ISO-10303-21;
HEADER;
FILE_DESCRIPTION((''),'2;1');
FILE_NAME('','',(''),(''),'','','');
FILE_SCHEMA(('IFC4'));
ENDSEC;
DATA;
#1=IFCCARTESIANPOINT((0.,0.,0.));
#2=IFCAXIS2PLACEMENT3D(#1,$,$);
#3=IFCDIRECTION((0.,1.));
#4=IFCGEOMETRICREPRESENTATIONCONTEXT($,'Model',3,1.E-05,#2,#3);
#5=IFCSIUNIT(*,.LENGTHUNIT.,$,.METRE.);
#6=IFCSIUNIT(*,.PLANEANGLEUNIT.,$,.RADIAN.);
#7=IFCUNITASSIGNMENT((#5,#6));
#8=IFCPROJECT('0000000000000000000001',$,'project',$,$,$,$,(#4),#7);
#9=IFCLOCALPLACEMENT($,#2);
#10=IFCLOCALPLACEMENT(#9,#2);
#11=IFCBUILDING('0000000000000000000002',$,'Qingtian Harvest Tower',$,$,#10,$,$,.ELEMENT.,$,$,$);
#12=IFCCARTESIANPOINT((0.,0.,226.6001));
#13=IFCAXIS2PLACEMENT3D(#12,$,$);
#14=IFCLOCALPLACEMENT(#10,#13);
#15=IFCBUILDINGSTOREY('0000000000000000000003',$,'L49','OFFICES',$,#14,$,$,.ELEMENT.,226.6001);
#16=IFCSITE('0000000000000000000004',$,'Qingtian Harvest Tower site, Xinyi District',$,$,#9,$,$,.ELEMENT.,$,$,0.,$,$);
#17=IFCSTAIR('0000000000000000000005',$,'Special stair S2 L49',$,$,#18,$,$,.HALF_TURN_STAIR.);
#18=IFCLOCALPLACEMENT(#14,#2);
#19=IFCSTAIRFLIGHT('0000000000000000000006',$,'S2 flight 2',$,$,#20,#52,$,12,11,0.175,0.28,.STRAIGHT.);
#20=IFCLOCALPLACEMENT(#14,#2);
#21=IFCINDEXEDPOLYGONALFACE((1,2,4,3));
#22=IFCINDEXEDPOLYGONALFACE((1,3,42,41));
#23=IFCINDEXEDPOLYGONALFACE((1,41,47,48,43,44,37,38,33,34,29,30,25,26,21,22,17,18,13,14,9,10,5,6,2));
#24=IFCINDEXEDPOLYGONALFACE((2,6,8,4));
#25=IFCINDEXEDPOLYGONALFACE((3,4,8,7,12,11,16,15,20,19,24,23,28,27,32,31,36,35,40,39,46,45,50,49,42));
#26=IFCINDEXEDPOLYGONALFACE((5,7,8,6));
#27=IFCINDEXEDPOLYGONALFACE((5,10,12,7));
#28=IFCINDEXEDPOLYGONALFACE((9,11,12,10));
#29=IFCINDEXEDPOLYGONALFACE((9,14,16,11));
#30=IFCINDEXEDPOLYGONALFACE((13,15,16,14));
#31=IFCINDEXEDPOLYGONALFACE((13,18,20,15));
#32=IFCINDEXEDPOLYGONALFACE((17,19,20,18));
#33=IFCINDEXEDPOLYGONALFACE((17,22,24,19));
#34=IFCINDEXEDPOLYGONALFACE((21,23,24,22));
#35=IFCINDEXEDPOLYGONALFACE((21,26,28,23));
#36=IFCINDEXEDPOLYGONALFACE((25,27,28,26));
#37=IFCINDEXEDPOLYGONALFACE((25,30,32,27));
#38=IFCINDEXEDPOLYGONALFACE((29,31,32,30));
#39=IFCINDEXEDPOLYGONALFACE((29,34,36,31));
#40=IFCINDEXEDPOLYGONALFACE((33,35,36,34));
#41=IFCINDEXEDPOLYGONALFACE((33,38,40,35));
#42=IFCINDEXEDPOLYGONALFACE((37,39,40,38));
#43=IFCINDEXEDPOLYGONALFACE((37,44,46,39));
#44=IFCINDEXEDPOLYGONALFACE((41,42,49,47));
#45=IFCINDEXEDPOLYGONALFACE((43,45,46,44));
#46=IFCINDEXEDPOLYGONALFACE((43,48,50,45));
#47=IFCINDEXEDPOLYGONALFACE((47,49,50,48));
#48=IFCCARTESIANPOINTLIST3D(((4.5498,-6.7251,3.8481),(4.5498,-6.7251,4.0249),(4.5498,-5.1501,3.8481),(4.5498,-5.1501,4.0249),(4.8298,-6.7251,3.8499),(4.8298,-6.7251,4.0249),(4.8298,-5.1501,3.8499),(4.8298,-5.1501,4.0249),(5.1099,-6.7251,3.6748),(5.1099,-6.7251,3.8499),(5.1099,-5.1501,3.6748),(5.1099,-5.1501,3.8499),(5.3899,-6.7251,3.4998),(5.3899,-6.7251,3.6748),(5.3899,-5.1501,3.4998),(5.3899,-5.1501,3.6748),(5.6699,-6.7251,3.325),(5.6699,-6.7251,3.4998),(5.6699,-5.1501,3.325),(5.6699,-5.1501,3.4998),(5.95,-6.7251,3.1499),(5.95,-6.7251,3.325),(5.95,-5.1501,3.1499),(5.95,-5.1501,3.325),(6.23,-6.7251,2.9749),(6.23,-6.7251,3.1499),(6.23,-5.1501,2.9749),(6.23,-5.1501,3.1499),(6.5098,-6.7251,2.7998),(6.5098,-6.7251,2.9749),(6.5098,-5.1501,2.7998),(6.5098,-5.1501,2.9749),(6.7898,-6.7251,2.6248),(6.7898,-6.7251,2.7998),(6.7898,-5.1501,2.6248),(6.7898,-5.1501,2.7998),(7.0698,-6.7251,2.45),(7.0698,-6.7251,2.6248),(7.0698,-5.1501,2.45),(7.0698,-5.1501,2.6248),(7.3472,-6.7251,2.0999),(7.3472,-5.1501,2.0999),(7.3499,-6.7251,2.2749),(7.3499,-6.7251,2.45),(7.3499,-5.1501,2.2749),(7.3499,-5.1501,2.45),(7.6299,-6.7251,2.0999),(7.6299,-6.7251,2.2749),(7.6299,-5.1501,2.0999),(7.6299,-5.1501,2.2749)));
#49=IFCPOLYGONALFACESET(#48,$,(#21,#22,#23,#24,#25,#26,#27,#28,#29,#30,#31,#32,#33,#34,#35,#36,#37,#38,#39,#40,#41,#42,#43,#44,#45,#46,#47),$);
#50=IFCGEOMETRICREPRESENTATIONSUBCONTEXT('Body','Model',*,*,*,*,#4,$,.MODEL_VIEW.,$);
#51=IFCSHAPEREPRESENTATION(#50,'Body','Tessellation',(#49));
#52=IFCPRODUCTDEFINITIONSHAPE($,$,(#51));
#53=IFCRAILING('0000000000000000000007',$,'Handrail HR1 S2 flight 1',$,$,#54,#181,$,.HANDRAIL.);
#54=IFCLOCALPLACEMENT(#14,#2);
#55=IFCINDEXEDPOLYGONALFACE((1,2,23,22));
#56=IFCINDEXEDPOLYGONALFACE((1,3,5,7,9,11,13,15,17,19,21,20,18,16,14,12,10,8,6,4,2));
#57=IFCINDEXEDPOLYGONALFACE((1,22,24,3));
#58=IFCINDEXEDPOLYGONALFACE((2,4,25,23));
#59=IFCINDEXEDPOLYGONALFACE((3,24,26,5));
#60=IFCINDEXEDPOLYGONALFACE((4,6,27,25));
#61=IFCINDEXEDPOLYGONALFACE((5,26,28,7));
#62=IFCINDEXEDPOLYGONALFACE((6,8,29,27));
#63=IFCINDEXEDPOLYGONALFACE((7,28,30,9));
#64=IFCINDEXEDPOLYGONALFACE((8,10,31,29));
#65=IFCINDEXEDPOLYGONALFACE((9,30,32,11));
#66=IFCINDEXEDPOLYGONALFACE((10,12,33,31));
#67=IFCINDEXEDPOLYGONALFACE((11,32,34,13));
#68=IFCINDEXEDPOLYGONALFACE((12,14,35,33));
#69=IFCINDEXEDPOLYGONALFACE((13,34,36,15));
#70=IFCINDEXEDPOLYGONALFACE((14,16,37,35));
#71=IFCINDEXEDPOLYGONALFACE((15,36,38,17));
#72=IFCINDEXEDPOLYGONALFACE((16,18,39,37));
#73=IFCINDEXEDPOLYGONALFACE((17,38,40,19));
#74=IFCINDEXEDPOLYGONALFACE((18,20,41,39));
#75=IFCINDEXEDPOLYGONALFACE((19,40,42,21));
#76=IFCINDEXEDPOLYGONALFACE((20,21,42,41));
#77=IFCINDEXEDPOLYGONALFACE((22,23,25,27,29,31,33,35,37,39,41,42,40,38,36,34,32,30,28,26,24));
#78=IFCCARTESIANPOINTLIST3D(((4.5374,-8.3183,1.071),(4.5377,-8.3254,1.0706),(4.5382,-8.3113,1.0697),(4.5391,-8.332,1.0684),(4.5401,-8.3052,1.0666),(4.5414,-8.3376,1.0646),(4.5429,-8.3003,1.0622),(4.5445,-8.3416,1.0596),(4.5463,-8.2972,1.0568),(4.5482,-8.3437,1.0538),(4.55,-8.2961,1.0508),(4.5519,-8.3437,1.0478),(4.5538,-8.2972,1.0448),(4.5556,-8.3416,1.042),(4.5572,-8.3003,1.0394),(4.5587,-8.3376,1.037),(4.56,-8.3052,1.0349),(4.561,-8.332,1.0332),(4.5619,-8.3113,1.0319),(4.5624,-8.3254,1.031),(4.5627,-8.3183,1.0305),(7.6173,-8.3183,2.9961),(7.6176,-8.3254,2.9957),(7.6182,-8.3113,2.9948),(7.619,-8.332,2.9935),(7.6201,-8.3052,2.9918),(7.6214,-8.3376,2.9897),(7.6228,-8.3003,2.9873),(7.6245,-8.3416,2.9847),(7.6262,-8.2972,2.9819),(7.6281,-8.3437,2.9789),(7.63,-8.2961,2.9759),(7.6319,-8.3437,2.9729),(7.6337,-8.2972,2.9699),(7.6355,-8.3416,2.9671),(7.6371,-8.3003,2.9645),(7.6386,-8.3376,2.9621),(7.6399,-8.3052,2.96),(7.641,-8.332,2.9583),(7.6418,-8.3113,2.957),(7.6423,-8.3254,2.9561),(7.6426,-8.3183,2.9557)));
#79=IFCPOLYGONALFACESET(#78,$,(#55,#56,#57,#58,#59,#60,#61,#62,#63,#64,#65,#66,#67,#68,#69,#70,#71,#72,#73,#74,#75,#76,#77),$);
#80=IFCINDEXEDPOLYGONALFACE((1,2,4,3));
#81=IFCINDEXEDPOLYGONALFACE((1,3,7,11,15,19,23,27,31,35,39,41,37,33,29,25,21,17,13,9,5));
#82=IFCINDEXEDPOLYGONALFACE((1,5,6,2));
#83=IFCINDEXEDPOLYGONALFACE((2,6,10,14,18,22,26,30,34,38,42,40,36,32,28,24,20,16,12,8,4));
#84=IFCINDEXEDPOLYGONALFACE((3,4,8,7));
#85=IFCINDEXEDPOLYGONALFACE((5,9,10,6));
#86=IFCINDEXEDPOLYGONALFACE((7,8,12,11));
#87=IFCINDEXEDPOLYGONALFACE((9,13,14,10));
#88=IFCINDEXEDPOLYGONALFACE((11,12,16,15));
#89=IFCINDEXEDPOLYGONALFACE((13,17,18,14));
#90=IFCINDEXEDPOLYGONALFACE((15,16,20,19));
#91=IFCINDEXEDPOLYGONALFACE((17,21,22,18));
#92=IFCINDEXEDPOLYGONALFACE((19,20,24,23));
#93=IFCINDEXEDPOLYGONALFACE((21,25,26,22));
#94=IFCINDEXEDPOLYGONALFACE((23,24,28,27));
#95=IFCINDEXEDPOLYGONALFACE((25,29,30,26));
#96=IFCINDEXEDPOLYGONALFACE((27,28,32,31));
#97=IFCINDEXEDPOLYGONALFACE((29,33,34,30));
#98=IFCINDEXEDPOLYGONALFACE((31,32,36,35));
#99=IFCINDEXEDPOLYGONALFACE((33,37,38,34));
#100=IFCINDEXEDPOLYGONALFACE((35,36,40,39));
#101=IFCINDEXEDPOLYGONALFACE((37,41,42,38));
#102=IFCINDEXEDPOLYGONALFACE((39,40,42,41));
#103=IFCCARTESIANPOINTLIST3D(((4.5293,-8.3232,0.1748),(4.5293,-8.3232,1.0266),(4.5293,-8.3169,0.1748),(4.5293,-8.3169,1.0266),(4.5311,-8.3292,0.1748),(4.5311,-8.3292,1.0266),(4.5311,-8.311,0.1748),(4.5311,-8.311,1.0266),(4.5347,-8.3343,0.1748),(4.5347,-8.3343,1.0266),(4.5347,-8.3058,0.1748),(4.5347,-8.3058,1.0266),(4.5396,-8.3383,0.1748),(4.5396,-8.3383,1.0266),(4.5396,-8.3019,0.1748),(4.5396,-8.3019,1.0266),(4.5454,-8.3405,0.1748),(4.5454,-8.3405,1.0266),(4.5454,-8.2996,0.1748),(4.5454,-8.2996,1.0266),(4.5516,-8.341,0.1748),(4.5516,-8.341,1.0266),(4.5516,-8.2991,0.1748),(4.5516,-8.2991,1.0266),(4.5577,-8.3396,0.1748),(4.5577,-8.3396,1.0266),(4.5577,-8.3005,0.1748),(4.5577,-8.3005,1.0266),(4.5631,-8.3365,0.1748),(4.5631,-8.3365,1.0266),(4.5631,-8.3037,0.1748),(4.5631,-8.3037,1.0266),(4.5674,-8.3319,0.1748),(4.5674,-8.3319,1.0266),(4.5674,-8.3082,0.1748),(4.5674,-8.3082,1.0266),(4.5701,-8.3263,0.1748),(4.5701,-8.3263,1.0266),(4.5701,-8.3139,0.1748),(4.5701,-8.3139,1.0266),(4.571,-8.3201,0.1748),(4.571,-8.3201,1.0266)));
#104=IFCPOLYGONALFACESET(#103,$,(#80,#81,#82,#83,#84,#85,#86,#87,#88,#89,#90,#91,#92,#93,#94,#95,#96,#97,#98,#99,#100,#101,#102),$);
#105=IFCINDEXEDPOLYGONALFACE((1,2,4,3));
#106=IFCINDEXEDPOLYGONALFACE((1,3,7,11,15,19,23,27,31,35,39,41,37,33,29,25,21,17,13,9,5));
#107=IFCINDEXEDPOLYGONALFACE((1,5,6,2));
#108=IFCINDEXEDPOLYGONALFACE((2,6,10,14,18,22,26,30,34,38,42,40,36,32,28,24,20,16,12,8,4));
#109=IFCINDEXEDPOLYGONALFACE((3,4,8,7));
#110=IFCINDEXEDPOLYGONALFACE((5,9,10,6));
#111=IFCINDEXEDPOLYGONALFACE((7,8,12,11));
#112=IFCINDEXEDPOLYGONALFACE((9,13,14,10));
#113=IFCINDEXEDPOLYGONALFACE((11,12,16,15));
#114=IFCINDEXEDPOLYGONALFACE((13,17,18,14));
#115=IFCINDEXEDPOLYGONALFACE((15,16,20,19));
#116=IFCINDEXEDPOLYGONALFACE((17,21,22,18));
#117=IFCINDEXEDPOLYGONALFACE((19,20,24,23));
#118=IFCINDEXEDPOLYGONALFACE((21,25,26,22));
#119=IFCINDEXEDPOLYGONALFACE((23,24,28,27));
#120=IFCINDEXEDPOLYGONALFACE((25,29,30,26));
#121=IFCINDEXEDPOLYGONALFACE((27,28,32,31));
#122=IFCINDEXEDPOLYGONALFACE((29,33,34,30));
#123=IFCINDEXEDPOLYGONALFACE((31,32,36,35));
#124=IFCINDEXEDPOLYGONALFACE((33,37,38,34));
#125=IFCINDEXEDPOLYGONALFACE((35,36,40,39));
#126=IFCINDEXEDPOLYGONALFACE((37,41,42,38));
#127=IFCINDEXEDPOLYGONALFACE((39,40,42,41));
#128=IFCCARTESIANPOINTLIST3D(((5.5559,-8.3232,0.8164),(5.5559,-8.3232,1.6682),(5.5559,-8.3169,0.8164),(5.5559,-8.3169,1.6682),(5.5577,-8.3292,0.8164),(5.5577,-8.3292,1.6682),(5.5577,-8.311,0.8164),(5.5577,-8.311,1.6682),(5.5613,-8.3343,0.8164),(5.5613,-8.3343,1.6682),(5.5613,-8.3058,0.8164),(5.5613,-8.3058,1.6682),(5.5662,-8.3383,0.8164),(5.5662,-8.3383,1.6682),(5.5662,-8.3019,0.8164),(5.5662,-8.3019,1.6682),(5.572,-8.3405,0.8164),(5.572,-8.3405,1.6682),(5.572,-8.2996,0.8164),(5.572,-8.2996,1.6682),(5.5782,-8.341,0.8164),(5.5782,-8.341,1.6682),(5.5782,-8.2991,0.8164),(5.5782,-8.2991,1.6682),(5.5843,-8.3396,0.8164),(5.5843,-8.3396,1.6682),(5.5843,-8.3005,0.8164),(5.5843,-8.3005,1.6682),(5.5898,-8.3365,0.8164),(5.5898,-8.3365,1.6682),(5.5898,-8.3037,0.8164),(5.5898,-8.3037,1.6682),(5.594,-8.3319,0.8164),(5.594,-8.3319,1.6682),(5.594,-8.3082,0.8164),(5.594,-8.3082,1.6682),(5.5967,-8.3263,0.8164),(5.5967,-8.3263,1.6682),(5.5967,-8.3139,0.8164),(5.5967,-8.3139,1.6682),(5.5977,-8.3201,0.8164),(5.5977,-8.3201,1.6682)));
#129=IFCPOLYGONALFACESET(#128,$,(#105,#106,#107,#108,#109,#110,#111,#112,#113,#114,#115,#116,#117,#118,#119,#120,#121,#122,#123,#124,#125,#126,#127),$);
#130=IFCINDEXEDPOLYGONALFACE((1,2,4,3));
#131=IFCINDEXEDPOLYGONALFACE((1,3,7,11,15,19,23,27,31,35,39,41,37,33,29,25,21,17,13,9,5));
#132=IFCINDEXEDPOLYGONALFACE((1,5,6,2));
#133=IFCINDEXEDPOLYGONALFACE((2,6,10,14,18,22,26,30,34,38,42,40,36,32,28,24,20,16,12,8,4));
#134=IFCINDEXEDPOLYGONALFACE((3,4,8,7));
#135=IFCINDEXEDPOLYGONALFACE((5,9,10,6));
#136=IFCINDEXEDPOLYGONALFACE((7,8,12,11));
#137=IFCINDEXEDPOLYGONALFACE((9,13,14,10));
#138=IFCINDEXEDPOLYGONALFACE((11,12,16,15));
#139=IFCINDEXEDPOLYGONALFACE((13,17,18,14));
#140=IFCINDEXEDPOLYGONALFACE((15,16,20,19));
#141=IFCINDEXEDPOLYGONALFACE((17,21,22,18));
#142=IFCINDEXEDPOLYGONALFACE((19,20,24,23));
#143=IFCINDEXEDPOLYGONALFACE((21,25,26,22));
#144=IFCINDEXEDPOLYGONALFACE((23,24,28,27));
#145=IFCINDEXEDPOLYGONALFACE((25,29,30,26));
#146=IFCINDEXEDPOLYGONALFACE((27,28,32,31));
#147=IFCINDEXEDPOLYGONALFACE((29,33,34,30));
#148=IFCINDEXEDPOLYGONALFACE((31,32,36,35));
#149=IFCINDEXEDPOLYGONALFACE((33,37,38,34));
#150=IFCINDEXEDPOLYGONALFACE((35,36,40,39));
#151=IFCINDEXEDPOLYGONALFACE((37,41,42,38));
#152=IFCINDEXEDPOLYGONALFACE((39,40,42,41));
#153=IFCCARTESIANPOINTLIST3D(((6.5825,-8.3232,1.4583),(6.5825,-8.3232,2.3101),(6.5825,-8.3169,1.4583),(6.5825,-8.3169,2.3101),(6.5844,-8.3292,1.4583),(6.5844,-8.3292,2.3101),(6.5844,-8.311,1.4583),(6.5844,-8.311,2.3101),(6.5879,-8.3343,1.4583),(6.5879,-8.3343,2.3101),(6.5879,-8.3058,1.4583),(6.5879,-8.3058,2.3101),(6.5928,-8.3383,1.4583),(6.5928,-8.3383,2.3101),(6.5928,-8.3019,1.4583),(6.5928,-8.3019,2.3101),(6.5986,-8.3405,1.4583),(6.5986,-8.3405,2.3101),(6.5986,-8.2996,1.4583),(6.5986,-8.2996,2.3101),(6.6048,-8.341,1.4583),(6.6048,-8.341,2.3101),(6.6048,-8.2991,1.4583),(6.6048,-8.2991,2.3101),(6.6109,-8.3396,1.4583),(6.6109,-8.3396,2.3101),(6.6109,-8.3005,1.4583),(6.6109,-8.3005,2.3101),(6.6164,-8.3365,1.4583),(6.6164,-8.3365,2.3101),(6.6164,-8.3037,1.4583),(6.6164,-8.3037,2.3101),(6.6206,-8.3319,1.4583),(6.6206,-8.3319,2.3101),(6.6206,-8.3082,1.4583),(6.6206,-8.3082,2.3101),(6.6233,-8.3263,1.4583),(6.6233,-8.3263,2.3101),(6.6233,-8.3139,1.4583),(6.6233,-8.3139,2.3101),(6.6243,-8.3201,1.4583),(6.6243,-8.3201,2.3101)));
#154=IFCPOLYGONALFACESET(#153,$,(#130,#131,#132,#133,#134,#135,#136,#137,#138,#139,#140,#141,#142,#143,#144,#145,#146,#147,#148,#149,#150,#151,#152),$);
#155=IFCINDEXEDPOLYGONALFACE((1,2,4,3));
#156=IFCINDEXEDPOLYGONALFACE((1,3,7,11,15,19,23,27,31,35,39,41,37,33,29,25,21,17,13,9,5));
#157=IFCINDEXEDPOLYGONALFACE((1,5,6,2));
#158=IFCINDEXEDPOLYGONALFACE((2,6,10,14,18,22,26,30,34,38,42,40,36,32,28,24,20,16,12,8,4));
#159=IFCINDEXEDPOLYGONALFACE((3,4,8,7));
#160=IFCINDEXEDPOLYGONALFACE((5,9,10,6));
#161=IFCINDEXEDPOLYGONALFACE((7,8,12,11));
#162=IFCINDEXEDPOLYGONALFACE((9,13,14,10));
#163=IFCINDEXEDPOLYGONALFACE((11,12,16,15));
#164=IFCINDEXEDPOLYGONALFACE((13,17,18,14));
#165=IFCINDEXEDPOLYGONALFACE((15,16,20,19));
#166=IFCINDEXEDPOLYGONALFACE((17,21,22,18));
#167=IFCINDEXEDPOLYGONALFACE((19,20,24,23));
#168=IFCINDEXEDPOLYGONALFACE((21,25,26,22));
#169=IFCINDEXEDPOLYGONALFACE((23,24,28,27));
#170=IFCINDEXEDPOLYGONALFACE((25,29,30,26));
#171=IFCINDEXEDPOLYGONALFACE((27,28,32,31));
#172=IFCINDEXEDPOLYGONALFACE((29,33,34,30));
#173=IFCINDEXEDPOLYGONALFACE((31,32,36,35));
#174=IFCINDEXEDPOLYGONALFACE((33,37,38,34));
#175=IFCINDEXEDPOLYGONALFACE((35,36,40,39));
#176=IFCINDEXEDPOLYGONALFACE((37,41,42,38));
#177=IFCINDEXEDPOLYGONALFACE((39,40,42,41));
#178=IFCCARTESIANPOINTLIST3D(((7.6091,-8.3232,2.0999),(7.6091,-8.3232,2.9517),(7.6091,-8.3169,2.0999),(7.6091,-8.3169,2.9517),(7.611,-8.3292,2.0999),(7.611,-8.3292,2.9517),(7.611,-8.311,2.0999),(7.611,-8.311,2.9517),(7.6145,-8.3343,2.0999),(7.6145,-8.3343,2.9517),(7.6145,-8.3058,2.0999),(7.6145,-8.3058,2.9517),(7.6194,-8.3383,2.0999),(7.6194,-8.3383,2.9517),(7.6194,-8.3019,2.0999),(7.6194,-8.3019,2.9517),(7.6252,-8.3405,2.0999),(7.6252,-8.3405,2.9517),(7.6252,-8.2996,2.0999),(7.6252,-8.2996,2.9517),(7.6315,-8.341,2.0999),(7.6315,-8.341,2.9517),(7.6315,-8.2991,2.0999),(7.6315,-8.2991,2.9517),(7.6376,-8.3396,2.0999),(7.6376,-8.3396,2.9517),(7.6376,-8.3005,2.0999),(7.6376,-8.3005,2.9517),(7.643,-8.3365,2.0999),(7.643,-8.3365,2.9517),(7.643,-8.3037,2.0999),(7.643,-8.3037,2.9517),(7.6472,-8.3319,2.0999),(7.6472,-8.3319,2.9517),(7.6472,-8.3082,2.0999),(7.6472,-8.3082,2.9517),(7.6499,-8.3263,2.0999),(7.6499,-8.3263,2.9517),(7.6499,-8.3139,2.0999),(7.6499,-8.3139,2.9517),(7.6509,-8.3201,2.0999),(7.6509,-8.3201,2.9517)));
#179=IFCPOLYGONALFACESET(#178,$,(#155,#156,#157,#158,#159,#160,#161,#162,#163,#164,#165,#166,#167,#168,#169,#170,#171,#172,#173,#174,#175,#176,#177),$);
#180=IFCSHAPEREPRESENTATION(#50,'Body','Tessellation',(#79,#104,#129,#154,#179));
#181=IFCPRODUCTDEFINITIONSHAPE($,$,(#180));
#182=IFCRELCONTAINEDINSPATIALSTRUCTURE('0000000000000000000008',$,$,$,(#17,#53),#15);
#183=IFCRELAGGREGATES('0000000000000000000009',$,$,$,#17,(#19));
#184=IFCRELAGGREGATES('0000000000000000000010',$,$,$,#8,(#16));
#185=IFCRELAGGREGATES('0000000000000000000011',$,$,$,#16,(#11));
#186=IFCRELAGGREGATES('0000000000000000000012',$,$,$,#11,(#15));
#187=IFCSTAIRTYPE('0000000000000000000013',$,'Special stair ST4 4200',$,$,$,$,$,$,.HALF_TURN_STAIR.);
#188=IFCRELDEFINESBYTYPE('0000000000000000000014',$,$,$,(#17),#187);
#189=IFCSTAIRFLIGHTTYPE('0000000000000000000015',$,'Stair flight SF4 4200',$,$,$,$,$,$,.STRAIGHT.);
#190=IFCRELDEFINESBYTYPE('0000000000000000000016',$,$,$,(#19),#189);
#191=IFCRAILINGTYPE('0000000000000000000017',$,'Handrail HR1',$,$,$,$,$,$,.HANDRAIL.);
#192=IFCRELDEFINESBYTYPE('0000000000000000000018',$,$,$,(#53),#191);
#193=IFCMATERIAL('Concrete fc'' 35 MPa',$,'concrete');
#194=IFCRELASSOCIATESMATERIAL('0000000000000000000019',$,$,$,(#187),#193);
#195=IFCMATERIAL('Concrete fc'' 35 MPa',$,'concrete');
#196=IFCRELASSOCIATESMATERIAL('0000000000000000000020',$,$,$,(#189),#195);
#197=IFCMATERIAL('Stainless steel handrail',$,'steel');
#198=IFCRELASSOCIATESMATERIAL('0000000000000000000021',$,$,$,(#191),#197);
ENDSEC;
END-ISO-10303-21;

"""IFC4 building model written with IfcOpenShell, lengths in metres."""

from ifc_helpers import new_model, si_unit, direction, frame, origin, origin_2d, place, context, subcontext, project, spatial, polyline, circle, outline, extrude, material, type_object, element, aggregate, save


model = new_model("IFC4")

# Units and contexts
model_context = context("Model", 3, precision=1e-05, world=origin(), true_north=direction((0.0, 1.0)))
body_context = subcontext(model_context, "Body", "Model", "MODEL_VIEW")
ifc_project = project(units=[si_unit("LENGTHUNIT", "METRE"), si_unit("PLANEANGLEUNIT", "RADIAN")], contexts=[model_context])

# Site, building, storey
site_placement = place(None, origin())
site = spatial("IfcSite", under=ifc_project, at=site_placement, Name="Qingtian Harvest Tower site, Xinyi District", CompositionType="ELEMENT", RefElevation=0.0)
building_placement = place(site_placement, origin())
building = spatial("IfcBuilding", under=site, at=building_placement, Name="Qingtian Harvest Tower", CompositionType="ELEMENT")
storey_placement = place(building_placement, frame((0.0, 0.0, 226.6001)))
storey = spatial("IfcBuildingStorey", under=building, at=storey_placement, Name="L49", Description="OFFICES", CompositionType="ELEMENT", Elevation=226.6001)

# Stair, stair flight
ifc_material_1 = material(Name="Concrete fc' 35 MPa", Category="concrete")
stair_type = type_object("IfcStairType", Name="Special stair ST4 4200", PredefinedType="HALF_TURN_STAIR", material=ifc_material_1)
stair_placement = place(storey_placement, origin())
stair = element("IfcStair", 1, at=stair_placement, inside=storey, type_object=stair_type, Name="Special stair S2 L49", PredefinedType="HALF_TURN_STAIR")
ifc_material_2 = material(Name="Concrete fc' 35 MPa", Category="concrete")
stair_flight_type = type_object("IfcStairFlightType", Name="Stair flight SF4 4200", PredefinedType="STRAIGHT", material=ifc_material_2)
stair_flight_1_placement = place(storey_placement, frame((7.6299, -5.9375, 2.0999), z_axis=(0.0, 0.0, 1.0), x_axis=(-1.0, 0.0, 0.0)))
stair_flight_1 = element("IfcStairFlight", 2, at=stair_flight_1_placement, type_object=stair_flight_type, Name="S2 flight 2", NumberOfRisers=12, NumberOfTreads=11, PredefinedType="STRAIGHT", RiserHeight=0.175, TreadLength=0.28, context=body_context, shape_type="SweptSolid", body=[
    extrude(outline(polyline([(0.0, 0.0), (0.0, 0.175), (0.28, 0.175), (0.28, 0.3501), (0.5601, 0.3501), (0.5601, 0.5249), (0.8401, 0.5249), (0.8401, 0.7), (1.1201, 0.7), (1.1201, 0.875), (1.3999, 0.875), (1.3999, 1.05), (1.6799, 1.05), (1.6799, 1.2251), (1.96, 1.2251), (1.96, 1.3999), (2.24, 1.3999), (2.24, 1.575), (2.52, 1.575), (2.52, 1.75), (2.8, 1.75), (2.8, 1.925), (3.0801, 1.925), (3.0801, 2.1001), (3.0801, 1.7483), (0.2827, 0.0), (0.0, 0.0)])), frame((0.0, 0.7876, 0.0), z_axis=(0.0, -1.0, 0.0), x_axis=(1.0, 0.0, 0.0)), (0.0, 0.0, 1.0), 1.575),
])
aggregate(stair, [stair_flight_1])

# Railing
ifc_material_3 = material(Name="Stainless steel handrail", Category="steel")
railing_type = type_object("IfcRailingType", Name="Handrail HR1", PredefinedType="HANDRAIL", material=ifc_material_3)
railing_1_placement = place(storey_placement, frame((4.55, -8.3201, 0.1748)))
element("IfcRailing", 3, at=railing_1_placement, inside=storey, type_object=railing_type, Name="Handrail HR1 S2 flight 1", PredefinedType="HANDRAIL", context=body_context, shape_type="SweptSolid", body=[
    extrude(circle(Radius=0.0239, at=origin_2d()), frame((0.0, 0.0, 0.876), z_axis=(0.847979, 0.0, 0.530029), x_axis=(0.0, 1.0, 0.0)), (0.0, 0.0, 1.0), 3.6321),
    extrude(circle(Radius=0.021, at=origin_2d()), origin(), (0.0, 0.0, 1.0), 0.8518),
    extrude(circle(Radius=0.021, at=origin_2d()), frame((1.0266, 0.0, 0.6416)), (0.0, 0.0, 1.0), 0.8518),
    extrude(circle(Radius=0.021, at=origin_2d()), frame((2.0532, 0.0, 1.2834)), (0.0, 0.0, 1.0), 0.8518),
    extrude(circle(Radius=0.021, at=origin_2d()), frame((3.0798, 0.0, 1.925)), (0.0, 0.0, 1.0), 0.8518),
])

save(model, "model.ifc")
